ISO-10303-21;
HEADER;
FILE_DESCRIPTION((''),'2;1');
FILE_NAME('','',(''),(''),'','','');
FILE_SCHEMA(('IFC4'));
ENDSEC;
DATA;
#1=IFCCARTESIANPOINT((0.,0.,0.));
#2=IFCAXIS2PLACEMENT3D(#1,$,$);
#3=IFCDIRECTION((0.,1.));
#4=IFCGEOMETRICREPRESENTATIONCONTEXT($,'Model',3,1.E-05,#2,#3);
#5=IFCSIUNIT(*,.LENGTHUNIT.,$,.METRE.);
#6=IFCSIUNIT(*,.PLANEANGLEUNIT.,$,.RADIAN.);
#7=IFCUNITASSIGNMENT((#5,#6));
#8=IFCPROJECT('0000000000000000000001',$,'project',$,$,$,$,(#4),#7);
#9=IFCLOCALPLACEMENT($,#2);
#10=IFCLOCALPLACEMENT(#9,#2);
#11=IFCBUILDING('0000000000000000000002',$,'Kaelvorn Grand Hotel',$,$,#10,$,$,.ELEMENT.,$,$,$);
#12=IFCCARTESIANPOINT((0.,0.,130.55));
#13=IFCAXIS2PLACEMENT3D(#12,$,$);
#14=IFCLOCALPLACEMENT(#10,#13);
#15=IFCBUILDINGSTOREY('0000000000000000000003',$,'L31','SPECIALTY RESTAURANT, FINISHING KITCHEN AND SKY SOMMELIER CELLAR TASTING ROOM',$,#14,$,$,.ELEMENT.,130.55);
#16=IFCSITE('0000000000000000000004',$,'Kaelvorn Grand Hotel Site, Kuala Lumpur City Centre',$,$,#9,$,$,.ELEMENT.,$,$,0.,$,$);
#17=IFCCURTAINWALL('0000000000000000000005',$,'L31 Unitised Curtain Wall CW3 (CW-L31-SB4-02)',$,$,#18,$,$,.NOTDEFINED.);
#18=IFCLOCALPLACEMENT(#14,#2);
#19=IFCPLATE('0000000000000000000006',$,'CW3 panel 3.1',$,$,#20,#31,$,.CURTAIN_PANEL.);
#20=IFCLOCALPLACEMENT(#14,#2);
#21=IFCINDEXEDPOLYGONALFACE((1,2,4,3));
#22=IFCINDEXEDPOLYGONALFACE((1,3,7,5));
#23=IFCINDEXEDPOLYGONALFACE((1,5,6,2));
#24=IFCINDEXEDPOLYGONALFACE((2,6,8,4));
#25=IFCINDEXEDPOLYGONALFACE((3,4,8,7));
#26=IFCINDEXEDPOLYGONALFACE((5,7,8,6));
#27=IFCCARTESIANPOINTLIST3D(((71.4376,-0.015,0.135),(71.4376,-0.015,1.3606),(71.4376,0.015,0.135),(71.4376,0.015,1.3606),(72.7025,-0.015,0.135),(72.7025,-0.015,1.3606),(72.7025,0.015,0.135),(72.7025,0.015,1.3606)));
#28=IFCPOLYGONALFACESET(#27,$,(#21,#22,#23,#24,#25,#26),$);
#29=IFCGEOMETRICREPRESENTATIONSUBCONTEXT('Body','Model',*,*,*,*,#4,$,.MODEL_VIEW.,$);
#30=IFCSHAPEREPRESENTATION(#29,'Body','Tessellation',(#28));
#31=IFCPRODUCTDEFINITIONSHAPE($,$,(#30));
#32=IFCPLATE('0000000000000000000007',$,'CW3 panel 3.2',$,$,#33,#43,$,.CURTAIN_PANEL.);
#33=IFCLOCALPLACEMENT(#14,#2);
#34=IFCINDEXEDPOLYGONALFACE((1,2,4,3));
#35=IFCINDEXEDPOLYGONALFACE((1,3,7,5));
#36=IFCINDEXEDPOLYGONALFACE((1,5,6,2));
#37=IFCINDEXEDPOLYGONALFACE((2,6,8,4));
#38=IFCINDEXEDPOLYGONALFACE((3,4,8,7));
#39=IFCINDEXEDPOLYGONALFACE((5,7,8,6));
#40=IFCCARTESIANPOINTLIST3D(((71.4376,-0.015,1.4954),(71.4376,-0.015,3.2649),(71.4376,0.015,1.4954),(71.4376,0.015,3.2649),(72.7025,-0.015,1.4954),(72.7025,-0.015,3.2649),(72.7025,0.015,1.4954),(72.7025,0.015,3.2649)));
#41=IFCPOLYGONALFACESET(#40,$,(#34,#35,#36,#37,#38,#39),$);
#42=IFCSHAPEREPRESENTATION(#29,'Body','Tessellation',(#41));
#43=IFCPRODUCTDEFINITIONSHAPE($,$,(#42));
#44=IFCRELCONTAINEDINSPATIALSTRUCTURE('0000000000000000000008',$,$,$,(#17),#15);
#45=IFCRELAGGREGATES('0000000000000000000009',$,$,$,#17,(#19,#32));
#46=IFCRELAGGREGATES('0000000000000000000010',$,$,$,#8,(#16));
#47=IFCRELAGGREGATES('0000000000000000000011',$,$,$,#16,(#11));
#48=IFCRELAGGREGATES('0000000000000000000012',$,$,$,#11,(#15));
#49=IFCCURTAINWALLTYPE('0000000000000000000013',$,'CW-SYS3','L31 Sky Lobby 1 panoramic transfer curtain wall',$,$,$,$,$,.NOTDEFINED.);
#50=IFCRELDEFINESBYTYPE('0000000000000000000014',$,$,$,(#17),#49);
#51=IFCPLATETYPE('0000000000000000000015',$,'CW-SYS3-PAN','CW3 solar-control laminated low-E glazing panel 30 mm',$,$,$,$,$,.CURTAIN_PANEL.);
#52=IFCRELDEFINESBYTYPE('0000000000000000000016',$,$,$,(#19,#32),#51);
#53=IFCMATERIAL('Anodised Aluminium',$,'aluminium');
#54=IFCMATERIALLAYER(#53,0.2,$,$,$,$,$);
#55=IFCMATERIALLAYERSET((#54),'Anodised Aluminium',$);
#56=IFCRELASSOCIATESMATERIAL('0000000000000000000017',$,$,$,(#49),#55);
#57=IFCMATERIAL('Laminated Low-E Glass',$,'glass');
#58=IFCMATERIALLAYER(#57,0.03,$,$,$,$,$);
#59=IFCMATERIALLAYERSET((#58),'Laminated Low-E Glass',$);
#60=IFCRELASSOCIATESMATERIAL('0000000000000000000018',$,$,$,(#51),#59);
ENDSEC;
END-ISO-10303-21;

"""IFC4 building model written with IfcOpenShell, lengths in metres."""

from ifc_helpers import new_model, si_unit, direction, frame, origin, origin_2d, place, context, subcontext, project, spatial, rectangle, extrude, material, layer, layer_set, type_object, element, aggregate, save


model = new_model("IFC4")

# Units and contexts
model_context = context("Model", 3, precision=1e-05, world=origin(), true_north=direction((0.0, 1.0)))
body_context = subcontext(model_context, "Body", "Model", "MODEL_VIEW")
ifc_project = project(units=[si_unit("LENGTHUNIT", "METRE"), si_unit("PLANEANGLEUNIT", "RADIAN")], contexts=[model_context])

# Site, building, storey
site_placement = place(None, origin())
site = spatial("IfcSite", under=ifc_project, at=site_placement, Name="Kaelvorn Grand Hotel Site, Kuala Lumpur City Centre", CompositionType="ELEMENT", RefElevation=0.0)
building_placement = place(site_placement, origin())
building = spatial("IfcBuilding", under=site, at=building_placement, Name="Kaelvorn Grand Hotel", CompositionType="ELEMENT")
storey_placement = place(building_placement, frame((0.0, 0.0, 130.55)))
storey = spatial("IfcBuildingStorey", under=building, at=storey_placement, Name="L31", Description="SPECIALTY RESTAURANT, FINISHING KITCHEN AND SKY SOMMELIER CELLAR TASTING ROOM", CompositionType="ELEMENT", Elevation=130.55)

# Curtain wall, plates
ifc_material_1 = material(Name="Anodised Aluminium", Category="aluminium")
ifc_layer_1 = layer(ifc_material_1, 0.2)
ifc_layer_set_1 = layer_set([ifc_layer_1], Name="Anodised Aluminium")
curtain_wall_type = type_object("IfcCurtainWallType", Name="CW-SYS3", Description="L31 Sky Lobby 1 panoramic transfer curtain wall", PredefinedType="NOTDEFINED", material=ifc_layer_set_1)
curtain_wall_placement = place(storey_placement, origin())
curtain_wall = element("IfcCurtainWall", 1, at=curtain_wall_placement, inside=storey, type_object=curtain_wall_type, Name="L31 Unitised Curtain Wall CW3 (CW-L31-SB4-02)", PredefinedType="NOTDEFINED")
ifc_material_2 = material(Name="Laminated Low-E Glass", Category="glass")
ifc_layer_2 = layer(ifc_material_2, 0.03)
ifc_layer_set_2 = layer_set([ifc_layer_2], Name="Laminated Low-E Glass")
plate_type = type_object("IfcPlateType", Name="CW-SYS3-PAN", Description="CW3 solar-control laminated low-E glazing panel 30 mm", PredefinedType="CURTAIN_PANEL", material=ifc_layer_set_2)
plate_1_placement = place(storey_placement, frame((72.0701, 0.0, 0.135), z_axis=(0.0, 0.0, 1.0), x_axis=(1.0, 0.0, 0.0)))
plate_1 = element("IfcPlate", 2, at=plate_1_placement, type_object=plate_type, Name="CW3 panel 3.1", PredefinedType="CURTAIN_PANEL", context=body_context, shape_type="SweptSolid", body=[
    extrude(rectangle(XDim=1.2649, YDim=0.03, at=origin_2d()), origin(), (0.0, 0.0, 1.0), 1.2256),
])
plate_2_placement = place(storey_placement, frame((72.0701, 0.0, 1.4954), z_axis=(0.0, 0.0, 1.0), x_axis=(1.0, 0.0, 0.0)))
plate_2 = element("IfcPlate", 3, at=plate_2_placement, type_object=plate_type, Name="CW3 panel 3.2", PredefinedType="CURTAIN_PANEL", context=body_context, shape_type="SweptSolid", body=[
    extrude(rectangle(XDim=1.2649, YDim=0.03, at=origin_2d()), origin(), (0.0, 0.0, 1.0), 1.7695),
])
aggregate(curtain_wall, [plate_1, plate_2])

save(model, "model.ifc")
